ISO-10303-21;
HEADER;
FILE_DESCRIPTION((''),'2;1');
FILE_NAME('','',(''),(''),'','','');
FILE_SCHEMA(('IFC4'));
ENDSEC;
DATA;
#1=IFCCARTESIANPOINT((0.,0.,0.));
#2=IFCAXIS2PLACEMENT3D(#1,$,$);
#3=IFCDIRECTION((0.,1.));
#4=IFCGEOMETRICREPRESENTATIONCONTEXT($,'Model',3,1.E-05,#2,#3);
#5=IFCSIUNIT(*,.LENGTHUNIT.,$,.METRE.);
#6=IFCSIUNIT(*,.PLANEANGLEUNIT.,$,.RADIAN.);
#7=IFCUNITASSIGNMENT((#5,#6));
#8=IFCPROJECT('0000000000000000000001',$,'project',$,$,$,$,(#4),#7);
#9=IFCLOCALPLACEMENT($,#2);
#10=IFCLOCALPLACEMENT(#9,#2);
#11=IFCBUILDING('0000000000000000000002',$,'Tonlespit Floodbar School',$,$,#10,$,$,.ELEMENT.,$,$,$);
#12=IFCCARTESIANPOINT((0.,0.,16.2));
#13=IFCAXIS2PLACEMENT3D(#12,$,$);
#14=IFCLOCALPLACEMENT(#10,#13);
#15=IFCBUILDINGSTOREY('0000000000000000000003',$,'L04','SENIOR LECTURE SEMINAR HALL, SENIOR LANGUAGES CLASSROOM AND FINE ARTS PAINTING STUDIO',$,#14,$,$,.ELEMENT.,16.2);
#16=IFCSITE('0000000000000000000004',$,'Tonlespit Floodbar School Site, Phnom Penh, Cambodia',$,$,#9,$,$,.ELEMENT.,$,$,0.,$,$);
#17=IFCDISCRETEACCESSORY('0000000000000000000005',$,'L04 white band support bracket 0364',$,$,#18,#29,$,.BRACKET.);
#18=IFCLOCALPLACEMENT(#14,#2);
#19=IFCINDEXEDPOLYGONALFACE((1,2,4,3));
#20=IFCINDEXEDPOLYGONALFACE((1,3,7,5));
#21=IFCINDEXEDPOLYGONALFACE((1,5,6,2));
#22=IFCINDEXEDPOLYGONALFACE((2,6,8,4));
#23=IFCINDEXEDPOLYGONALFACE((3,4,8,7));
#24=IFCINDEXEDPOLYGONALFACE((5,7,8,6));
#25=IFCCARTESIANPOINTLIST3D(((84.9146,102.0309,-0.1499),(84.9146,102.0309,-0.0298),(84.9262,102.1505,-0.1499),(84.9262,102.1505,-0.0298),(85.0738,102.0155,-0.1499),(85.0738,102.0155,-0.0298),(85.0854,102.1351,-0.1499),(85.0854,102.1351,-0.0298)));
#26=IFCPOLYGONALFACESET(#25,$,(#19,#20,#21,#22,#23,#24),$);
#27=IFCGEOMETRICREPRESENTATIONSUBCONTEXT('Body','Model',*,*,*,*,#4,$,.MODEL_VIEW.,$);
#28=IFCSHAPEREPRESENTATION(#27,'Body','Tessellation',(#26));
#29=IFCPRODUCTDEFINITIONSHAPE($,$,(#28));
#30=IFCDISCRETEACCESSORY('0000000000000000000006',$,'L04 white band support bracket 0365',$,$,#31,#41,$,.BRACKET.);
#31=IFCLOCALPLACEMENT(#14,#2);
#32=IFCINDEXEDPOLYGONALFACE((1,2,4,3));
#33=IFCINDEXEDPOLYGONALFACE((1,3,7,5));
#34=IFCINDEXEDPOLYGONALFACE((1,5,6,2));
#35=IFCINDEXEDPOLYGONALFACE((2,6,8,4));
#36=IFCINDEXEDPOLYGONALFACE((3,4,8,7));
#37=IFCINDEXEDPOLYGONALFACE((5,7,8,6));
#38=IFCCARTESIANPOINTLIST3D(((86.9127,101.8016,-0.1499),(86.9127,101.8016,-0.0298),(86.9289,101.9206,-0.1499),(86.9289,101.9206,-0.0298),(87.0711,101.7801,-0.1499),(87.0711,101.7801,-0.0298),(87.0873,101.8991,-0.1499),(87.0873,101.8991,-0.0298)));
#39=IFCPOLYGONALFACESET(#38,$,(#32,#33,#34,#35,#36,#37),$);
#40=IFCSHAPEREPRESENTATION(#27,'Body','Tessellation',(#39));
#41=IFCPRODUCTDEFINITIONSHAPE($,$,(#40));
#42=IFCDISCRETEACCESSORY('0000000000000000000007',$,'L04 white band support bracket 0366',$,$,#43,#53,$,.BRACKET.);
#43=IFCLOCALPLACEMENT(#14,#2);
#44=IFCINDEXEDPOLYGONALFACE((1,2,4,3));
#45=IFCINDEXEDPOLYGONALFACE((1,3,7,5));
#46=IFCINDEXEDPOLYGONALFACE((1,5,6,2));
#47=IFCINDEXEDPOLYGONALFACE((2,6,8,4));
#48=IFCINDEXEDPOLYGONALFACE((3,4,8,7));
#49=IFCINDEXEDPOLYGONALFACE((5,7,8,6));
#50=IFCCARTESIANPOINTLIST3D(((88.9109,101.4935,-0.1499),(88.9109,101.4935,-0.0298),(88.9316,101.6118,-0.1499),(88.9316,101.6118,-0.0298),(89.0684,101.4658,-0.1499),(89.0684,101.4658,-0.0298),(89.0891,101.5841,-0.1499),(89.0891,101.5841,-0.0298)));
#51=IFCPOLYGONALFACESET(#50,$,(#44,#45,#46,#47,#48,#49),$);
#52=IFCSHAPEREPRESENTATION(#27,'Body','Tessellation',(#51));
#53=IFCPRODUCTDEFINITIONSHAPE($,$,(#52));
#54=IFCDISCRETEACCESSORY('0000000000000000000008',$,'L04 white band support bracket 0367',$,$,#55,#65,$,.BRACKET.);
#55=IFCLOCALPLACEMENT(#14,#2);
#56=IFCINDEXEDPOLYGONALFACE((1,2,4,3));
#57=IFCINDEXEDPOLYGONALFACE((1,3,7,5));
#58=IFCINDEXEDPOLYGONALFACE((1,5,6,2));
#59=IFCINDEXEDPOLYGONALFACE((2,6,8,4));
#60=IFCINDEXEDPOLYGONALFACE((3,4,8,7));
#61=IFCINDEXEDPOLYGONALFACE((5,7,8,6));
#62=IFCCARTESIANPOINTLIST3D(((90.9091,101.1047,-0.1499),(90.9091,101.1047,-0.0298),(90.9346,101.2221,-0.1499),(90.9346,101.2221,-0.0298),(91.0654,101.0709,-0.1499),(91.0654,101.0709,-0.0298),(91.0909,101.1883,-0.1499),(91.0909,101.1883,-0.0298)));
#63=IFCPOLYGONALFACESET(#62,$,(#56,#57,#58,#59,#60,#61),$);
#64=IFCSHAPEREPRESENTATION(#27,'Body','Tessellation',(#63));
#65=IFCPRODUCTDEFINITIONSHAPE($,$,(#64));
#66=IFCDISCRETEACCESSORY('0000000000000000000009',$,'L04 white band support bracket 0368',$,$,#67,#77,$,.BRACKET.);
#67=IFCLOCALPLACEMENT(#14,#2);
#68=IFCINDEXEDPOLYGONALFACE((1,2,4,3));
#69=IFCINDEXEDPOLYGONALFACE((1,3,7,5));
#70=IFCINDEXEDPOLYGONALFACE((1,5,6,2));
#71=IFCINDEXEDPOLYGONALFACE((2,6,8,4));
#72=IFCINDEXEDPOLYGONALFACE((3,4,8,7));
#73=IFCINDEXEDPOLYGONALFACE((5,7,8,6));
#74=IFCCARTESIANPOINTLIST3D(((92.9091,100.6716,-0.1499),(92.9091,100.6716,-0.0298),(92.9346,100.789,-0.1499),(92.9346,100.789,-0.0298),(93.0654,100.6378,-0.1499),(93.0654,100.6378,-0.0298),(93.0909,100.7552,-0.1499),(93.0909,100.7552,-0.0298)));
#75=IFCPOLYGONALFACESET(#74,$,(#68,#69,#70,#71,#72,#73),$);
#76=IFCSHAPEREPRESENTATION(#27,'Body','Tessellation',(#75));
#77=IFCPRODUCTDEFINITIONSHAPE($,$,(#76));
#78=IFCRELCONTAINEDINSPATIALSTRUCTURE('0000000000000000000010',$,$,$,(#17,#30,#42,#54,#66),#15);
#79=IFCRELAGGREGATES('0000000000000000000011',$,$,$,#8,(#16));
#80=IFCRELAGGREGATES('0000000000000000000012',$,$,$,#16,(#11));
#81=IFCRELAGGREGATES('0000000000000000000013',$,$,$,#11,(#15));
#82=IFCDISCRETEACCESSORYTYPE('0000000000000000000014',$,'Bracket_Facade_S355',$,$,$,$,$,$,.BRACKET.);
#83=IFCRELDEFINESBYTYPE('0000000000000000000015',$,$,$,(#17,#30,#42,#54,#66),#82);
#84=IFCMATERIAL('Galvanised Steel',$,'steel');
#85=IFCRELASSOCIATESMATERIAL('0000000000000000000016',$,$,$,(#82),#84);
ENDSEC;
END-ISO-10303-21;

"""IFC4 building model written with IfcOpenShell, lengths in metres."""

from ifc_helpers import new_model, si_unit, direction, frame, origin, origin_2d, place, context, subcontext, project, spatial, rectangle, extrude, material, type_object, element, save


model = new_model("IFC4")

# Units and contexts
model_context = context("Model", 3, precision=1e-05, world=origin(), true_north=direction((0.0, 1.0)))
body_context = subcontext(model_context, "Body", "Model", "MODEL_VIEW")
ifc_project = project(units=[si_unit("LENGTHUNIT", "METRE"), si_unit("PLANEANGLEUNIT", "RADIAN")], contexts=[model_context])

# Site, building, storey
site_placement = place(None, origin())
site = spatial("IfcSite", under=ifc_project, at=site_placement, Name="Tonlespit Floodbar School Site, Phnom Penh, Cambodia", CompositionType="ELEMENT", RefElevation=0.0)
building_placement = place(site_placement, origin())
building = spatial("IfcBuilding", under=site, at=building_placement, Name="Tonlespit Floodbar School", CompositionType="ELEMENT")
storey_placement = place(building_placement, frame((0.0, 0.0, 16.2)))
storey = spatial("IfcBuildingStorey", under=building, at=storey_placement, Name="L04", Description="SENIOR LECTURE SEMINAR HALL, SENIOR LANGUAGES CLASSROOM AND FINE ARTS PAINTING STUDIO", CompositionType="ELEMENT", Elevation=16.2)

# Discrete accessories
ifc_material_1 = material(Name="Galvanised Steel", Category="steel")
discrete_accessory_type = type_object("IfcDiscreteAccessoryType", Name="Bracket_Facade_S355", PredefinedType="BRACKET", material=ifc_material_1)
for number, where, z_axis, x_axis, name in (
    (1, (85.0, 102.083, -0.1499), (0.0, 0.0, 1.0), (0.995362, -0.096202, 0.0), "L04 white band support bracket 0364"),
    (2, (87.0, 101.8503, -0.1499), (0.0, 0.0, 1.0), (0.990898, -0.134614, 0.0), "L04 white band support bracket 0365"),
    (3, (89.0, 101.5388, -0.1499), (0.0, 0.0, 1.0), (0.984905, -0.173096, 0.0), "L04 white band support bracket 0366"),
    (4, (91.0, 101.1465, -0.1499), (0.0, 0.0, 1.0), (0.977357, -0.211598, 0.0), "L04 white band support bracket 0367"),
    (5, (93.0, 100.7134, -0.1499), (0.0, 0.0, 1.0), (0.977357, -0.211598, 0.0), "L04 white band support bracket 0368"),
):
    element("IfcDiscreteAccessory", number, at=place(storey_placement, frame(where, z_axis=z_axis, x_axis=x_axis)), inside=storey, type_object=discrete_accessory_type, Name=name, PredefinedType="BRACKET", context=body_context, shape_type="SweptSolid", body=[
        extrude(rectangle(XDim=0.1599, YDim=0.1201, at=origin_2d()), origin(), (0.0, 0.0, 1.0), 0.1201),
    ])

save(model, "model.ifc")
